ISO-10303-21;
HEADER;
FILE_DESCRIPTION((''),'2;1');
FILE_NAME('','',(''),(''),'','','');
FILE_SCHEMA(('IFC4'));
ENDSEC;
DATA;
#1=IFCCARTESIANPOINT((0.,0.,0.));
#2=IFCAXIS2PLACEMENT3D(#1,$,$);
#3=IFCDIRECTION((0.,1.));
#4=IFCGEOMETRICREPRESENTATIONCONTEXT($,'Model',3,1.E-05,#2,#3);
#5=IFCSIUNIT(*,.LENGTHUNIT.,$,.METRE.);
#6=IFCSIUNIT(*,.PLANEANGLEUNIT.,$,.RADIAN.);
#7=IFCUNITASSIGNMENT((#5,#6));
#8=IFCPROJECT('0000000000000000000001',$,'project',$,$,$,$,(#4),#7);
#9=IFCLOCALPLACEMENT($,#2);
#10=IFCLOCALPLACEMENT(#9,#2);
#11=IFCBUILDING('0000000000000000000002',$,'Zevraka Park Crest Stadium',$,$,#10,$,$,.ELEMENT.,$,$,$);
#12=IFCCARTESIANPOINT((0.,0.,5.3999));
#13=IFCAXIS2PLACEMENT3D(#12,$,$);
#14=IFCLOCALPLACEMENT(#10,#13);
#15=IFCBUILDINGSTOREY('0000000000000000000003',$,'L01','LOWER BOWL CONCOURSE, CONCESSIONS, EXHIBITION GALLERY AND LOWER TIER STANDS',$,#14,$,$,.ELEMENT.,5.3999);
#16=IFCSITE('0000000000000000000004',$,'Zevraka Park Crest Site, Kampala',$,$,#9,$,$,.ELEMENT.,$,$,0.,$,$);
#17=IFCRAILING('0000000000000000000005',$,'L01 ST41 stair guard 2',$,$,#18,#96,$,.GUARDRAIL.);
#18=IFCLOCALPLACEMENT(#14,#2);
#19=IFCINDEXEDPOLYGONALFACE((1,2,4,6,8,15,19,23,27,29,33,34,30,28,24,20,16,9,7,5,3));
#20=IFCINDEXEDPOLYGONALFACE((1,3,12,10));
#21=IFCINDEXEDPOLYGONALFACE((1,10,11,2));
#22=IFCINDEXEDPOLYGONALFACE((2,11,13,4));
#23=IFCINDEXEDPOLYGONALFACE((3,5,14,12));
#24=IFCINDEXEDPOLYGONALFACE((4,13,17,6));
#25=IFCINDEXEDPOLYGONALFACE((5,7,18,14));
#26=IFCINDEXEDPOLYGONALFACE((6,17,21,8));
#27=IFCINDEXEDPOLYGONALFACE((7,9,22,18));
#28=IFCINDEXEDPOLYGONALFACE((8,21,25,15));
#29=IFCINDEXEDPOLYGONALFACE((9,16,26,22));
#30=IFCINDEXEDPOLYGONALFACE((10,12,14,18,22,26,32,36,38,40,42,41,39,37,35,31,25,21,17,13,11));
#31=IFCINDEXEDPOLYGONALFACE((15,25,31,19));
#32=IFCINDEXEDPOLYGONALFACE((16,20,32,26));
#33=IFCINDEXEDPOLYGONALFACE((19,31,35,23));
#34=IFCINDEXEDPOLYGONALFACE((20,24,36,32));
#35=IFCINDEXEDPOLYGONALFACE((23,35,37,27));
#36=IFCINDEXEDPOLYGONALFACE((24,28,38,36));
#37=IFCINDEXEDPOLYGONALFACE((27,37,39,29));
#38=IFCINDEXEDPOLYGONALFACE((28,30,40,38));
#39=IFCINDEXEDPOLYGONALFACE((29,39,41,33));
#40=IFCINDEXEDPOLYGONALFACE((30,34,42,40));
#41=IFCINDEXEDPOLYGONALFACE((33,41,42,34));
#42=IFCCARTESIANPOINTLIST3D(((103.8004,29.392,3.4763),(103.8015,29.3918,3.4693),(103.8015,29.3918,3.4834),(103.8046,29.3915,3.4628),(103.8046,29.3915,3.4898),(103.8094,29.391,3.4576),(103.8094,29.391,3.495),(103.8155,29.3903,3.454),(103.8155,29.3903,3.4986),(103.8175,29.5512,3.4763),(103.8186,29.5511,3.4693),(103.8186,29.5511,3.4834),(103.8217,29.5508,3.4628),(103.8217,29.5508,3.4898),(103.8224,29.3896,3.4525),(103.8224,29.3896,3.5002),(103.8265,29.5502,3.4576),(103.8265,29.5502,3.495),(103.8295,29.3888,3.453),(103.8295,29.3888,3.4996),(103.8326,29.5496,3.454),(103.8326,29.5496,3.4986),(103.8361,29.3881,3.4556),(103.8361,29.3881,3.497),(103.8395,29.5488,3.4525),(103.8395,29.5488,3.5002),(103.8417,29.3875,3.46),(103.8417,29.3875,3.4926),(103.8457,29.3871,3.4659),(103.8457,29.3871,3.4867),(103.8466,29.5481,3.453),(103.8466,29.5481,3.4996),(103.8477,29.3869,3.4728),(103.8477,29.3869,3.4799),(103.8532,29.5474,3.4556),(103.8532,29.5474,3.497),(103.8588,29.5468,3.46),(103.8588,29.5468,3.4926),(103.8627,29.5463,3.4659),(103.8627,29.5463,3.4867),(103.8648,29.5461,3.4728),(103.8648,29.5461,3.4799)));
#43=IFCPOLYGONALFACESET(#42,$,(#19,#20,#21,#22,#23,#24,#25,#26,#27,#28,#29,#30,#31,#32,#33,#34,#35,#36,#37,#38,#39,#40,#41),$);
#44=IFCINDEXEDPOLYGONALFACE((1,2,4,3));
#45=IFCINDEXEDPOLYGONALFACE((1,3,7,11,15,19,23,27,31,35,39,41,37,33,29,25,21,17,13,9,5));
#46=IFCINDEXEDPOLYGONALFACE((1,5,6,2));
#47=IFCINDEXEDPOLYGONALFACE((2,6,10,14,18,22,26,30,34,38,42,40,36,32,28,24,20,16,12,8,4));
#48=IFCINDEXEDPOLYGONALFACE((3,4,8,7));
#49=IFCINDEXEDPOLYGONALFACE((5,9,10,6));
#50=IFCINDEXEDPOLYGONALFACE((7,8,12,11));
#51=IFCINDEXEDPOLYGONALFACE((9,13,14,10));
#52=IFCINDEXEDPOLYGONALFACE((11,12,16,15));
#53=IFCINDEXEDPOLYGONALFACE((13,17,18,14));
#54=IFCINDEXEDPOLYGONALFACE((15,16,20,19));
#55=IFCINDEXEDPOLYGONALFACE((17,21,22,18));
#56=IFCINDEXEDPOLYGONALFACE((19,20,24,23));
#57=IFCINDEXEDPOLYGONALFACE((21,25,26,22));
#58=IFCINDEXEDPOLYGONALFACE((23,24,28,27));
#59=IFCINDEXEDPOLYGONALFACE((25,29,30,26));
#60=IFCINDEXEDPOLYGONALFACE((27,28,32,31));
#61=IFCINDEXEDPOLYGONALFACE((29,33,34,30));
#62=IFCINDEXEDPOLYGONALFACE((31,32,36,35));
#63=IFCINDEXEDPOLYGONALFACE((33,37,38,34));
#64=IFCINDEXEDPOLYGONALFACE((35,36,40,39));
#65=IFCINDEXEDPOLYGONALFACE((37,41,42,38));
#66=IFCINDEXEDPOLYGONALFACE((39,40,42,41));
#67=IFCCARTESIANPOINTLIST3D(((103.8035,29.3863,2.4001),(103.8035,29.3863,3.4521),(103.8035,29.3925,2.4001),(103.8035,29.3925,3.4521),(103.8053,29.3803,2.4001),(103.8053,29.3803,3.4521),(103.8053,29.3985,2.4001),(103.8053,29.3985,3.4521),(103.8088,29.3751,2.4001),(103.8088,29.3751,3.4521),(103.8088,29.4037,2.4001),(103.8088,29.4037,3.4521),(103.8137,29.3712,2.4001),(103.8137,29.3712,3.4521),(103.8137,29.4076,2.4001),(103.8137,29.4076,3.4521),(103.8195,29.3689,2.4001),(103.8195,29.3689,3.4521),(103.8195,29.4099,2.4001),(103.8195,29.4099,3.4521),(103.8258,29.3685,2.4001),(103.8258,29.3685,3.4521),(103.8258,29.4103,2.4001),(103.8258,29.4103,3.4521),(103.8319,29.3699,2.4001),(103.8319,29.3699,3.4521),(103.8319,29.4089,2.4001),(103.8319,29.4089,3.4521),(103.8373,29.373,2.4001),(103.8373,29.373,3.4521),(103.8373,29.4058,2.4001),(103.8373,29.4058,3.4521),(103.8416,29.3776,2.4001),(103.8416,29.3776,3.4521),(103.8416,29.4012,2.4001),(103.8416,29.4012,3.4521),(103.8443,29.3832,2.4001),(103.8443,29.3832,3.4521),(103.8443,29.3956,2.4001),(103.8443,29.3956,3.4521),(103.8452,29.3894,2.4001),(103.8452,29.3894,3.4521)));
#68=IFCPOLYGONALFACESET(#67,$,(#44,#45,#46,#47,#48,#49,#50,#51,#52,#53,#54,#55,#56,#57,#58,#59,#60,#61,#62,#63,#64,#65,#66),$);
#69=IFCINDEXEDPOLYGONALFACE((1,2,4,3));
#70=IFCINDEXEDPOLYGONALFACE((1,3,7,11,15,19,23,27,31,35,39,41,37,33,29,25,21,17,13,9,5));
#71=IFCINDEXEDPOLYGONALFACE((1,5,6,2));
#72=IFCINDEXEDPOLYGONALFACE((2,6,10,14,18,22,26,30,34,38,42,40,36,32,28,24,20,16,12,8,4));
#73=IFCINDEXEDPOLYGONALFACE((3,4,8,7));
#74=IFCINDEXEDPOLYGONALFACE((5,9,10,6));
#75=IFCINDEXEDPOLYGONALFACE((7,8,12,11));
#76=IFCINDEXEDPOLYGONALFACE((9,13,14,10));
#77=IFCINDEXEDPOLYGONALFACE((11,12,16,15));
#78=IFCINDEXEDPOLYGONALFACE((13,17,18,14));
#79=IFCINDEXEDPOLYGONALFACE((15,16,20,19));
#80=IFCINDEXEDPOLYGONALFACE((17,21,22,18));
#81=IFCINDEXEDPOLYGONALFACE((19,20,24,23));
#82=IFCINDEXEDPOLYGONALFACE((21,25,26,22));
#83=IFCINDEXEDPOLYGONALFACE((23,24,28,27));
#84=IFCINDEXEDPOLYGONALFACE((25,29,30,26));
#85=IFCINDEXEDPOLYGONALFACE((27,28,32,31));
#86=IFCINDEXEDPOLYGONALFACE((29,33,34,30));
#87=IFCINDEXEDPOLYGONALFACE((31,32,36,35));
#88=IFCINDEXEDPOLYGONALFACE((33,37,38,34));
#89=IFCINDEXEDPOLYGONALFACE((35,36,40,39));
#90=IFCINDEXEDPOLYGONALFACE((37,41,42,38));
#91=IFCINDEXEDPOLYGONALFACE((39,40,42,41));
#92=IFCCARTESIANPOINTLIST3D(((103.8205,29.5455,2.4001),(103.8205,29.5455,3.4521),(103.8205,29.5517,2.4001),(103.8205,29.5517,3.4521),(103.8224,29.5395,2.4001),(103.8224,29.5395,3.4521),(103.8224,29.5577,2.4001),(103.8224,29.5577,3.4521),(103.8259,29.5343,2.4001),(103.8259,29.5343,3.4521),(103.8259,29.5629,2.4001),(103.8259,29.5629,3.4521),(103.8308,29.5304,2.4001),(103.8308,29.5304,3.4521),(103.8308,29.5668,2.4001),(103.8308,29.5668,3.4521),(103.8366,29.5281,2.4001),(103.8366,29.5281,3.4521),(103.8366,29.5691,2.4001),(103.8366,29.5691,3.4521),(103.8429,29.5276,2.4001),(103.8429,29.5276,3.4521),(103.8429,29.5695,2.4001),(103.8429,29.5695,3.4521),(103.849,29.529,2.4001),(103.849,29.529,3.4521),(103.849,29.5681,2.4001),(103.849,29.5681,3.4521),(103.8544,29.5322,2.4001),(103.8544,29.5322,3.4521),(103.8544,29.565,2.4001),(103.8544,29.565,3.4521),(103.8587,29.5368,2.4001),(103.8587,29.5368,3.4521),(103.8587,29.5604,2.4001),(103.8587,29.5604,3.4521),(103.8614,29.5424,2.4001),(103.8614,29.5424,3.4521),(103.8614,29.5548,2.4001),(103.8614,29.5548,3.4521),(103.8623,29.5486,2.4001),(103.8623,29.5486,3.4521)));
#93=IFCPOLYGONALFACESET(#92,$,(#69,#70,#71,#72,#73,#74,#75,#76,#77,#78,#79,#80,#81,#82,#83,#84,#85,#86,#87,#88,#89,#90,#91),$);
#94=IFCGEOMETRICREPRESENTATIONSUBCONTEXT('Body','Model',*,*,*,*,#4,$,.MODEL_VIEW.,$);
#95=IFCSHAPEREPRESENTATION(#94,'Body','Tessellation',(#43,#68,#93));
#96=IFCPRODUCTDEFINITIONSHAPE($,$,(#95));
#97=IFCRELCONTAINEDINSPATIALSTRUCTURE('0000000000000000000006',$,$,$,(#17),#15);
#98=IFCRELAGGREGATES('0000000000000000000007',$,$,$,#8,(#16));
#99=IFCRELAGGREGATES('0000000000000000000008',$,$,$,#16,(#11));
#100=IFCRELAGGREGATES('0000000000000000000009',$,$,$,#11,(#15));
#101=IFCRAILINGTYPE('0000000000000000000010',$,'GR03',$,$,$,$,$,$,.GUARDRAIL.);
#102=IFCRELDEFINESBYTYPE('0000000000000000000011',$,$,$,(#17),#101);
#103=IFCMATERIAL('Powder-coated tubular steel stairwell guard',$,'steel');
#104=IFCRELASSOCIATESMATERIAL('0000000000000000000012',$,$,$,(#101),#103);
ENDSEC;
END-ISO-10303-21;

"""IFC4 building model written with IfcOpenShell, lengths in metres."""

from ifc_helpers import new_model, si_unit, direction, frame, origin, origin_2d, place, context, subcontext, project, spatial, circle, extrude, material, type_object, element, save


model = new_model("IFC4")

# Units and contexts
model_context = context("Model", 3, precision=1e-05, world=origin(), true_north=direction((0.0, 1.0)))
body_context = subcontext(model_context, "Body", "Model", "MODEL_VIEW")
ifc_project = project(units=[si_unit("LENGTHUNIT", "METRE"), si_unit("PLANEANGLEUNIT", "RADIAN")], contexts=[model_context])

# Site, building, storey
site_placement = place(None, origin())
site = spatial("IfcSite", under=ifc_project, at=site_placement, Name="Zevraka Park Crest Site, Kampala", CompositionType="ELEMENT", RefElevation=0.0)
building_placement = place(site_placement, origin())
building = spatial("IfcBuilding", under=site, at=building_placement, Name="Zevraka Park Crest Stadium", CompositionType="ELEMENT")
storey_placement = place(building_placement, frame((0.0, 0.0, 5.3999)))
storey = spatial("IfcBuildingStorey", under=building, at=storey_placement, Name="L01", Description="LOWER BOWL CONCOURSE, CONCESSIONS, EXHIBITION GALLERY AND LOWER TIER STANDS", CompositionType="ELEMENT", Elevation=5.3999)

# Railing
ifc_material_1 = material(Name="Powder-coated tubular steel stairwell guard", Category="steel")
railing_type_1 = type_object("IfcRailingType", Name="GR03", PredefinedType="GUARDRAIL", material=ifc_material_1)
railing_1_placement = place(storey_placement, frame((103.8242, 29.3894, 2.4001)))
element("IfcRailing", 1, at=railing_1_placement, inside=storey, type_object=railing_type_1, Name="L01 ST41 stair guard 2", PredefinedType="GUARDRAIL", context=body_context, shape_type="SweptSolid", body=[
    extrude(circle(Radius=0.0239, at=origin_2d()), frame((0.0, 0.0, 1.0762), z_axis=(0.106749, 0.994286, 0.0), x_axis=(-0.994286, 0.106749, 0.0)), (0.0, 0.0, 1.0), 0.1602),
    extrude(circle(Radius=0.021, at=origin_2d()), origin(), (0.0, 0.0, 1.0), 1.052),
    extrude(circle(Radius=0.021, at=origin_2d()), frame((0.0171, 0.1592, 0.0)), (0.0, 0.0, 1.0), 1.052),
])

save(model, "model.ifc")
